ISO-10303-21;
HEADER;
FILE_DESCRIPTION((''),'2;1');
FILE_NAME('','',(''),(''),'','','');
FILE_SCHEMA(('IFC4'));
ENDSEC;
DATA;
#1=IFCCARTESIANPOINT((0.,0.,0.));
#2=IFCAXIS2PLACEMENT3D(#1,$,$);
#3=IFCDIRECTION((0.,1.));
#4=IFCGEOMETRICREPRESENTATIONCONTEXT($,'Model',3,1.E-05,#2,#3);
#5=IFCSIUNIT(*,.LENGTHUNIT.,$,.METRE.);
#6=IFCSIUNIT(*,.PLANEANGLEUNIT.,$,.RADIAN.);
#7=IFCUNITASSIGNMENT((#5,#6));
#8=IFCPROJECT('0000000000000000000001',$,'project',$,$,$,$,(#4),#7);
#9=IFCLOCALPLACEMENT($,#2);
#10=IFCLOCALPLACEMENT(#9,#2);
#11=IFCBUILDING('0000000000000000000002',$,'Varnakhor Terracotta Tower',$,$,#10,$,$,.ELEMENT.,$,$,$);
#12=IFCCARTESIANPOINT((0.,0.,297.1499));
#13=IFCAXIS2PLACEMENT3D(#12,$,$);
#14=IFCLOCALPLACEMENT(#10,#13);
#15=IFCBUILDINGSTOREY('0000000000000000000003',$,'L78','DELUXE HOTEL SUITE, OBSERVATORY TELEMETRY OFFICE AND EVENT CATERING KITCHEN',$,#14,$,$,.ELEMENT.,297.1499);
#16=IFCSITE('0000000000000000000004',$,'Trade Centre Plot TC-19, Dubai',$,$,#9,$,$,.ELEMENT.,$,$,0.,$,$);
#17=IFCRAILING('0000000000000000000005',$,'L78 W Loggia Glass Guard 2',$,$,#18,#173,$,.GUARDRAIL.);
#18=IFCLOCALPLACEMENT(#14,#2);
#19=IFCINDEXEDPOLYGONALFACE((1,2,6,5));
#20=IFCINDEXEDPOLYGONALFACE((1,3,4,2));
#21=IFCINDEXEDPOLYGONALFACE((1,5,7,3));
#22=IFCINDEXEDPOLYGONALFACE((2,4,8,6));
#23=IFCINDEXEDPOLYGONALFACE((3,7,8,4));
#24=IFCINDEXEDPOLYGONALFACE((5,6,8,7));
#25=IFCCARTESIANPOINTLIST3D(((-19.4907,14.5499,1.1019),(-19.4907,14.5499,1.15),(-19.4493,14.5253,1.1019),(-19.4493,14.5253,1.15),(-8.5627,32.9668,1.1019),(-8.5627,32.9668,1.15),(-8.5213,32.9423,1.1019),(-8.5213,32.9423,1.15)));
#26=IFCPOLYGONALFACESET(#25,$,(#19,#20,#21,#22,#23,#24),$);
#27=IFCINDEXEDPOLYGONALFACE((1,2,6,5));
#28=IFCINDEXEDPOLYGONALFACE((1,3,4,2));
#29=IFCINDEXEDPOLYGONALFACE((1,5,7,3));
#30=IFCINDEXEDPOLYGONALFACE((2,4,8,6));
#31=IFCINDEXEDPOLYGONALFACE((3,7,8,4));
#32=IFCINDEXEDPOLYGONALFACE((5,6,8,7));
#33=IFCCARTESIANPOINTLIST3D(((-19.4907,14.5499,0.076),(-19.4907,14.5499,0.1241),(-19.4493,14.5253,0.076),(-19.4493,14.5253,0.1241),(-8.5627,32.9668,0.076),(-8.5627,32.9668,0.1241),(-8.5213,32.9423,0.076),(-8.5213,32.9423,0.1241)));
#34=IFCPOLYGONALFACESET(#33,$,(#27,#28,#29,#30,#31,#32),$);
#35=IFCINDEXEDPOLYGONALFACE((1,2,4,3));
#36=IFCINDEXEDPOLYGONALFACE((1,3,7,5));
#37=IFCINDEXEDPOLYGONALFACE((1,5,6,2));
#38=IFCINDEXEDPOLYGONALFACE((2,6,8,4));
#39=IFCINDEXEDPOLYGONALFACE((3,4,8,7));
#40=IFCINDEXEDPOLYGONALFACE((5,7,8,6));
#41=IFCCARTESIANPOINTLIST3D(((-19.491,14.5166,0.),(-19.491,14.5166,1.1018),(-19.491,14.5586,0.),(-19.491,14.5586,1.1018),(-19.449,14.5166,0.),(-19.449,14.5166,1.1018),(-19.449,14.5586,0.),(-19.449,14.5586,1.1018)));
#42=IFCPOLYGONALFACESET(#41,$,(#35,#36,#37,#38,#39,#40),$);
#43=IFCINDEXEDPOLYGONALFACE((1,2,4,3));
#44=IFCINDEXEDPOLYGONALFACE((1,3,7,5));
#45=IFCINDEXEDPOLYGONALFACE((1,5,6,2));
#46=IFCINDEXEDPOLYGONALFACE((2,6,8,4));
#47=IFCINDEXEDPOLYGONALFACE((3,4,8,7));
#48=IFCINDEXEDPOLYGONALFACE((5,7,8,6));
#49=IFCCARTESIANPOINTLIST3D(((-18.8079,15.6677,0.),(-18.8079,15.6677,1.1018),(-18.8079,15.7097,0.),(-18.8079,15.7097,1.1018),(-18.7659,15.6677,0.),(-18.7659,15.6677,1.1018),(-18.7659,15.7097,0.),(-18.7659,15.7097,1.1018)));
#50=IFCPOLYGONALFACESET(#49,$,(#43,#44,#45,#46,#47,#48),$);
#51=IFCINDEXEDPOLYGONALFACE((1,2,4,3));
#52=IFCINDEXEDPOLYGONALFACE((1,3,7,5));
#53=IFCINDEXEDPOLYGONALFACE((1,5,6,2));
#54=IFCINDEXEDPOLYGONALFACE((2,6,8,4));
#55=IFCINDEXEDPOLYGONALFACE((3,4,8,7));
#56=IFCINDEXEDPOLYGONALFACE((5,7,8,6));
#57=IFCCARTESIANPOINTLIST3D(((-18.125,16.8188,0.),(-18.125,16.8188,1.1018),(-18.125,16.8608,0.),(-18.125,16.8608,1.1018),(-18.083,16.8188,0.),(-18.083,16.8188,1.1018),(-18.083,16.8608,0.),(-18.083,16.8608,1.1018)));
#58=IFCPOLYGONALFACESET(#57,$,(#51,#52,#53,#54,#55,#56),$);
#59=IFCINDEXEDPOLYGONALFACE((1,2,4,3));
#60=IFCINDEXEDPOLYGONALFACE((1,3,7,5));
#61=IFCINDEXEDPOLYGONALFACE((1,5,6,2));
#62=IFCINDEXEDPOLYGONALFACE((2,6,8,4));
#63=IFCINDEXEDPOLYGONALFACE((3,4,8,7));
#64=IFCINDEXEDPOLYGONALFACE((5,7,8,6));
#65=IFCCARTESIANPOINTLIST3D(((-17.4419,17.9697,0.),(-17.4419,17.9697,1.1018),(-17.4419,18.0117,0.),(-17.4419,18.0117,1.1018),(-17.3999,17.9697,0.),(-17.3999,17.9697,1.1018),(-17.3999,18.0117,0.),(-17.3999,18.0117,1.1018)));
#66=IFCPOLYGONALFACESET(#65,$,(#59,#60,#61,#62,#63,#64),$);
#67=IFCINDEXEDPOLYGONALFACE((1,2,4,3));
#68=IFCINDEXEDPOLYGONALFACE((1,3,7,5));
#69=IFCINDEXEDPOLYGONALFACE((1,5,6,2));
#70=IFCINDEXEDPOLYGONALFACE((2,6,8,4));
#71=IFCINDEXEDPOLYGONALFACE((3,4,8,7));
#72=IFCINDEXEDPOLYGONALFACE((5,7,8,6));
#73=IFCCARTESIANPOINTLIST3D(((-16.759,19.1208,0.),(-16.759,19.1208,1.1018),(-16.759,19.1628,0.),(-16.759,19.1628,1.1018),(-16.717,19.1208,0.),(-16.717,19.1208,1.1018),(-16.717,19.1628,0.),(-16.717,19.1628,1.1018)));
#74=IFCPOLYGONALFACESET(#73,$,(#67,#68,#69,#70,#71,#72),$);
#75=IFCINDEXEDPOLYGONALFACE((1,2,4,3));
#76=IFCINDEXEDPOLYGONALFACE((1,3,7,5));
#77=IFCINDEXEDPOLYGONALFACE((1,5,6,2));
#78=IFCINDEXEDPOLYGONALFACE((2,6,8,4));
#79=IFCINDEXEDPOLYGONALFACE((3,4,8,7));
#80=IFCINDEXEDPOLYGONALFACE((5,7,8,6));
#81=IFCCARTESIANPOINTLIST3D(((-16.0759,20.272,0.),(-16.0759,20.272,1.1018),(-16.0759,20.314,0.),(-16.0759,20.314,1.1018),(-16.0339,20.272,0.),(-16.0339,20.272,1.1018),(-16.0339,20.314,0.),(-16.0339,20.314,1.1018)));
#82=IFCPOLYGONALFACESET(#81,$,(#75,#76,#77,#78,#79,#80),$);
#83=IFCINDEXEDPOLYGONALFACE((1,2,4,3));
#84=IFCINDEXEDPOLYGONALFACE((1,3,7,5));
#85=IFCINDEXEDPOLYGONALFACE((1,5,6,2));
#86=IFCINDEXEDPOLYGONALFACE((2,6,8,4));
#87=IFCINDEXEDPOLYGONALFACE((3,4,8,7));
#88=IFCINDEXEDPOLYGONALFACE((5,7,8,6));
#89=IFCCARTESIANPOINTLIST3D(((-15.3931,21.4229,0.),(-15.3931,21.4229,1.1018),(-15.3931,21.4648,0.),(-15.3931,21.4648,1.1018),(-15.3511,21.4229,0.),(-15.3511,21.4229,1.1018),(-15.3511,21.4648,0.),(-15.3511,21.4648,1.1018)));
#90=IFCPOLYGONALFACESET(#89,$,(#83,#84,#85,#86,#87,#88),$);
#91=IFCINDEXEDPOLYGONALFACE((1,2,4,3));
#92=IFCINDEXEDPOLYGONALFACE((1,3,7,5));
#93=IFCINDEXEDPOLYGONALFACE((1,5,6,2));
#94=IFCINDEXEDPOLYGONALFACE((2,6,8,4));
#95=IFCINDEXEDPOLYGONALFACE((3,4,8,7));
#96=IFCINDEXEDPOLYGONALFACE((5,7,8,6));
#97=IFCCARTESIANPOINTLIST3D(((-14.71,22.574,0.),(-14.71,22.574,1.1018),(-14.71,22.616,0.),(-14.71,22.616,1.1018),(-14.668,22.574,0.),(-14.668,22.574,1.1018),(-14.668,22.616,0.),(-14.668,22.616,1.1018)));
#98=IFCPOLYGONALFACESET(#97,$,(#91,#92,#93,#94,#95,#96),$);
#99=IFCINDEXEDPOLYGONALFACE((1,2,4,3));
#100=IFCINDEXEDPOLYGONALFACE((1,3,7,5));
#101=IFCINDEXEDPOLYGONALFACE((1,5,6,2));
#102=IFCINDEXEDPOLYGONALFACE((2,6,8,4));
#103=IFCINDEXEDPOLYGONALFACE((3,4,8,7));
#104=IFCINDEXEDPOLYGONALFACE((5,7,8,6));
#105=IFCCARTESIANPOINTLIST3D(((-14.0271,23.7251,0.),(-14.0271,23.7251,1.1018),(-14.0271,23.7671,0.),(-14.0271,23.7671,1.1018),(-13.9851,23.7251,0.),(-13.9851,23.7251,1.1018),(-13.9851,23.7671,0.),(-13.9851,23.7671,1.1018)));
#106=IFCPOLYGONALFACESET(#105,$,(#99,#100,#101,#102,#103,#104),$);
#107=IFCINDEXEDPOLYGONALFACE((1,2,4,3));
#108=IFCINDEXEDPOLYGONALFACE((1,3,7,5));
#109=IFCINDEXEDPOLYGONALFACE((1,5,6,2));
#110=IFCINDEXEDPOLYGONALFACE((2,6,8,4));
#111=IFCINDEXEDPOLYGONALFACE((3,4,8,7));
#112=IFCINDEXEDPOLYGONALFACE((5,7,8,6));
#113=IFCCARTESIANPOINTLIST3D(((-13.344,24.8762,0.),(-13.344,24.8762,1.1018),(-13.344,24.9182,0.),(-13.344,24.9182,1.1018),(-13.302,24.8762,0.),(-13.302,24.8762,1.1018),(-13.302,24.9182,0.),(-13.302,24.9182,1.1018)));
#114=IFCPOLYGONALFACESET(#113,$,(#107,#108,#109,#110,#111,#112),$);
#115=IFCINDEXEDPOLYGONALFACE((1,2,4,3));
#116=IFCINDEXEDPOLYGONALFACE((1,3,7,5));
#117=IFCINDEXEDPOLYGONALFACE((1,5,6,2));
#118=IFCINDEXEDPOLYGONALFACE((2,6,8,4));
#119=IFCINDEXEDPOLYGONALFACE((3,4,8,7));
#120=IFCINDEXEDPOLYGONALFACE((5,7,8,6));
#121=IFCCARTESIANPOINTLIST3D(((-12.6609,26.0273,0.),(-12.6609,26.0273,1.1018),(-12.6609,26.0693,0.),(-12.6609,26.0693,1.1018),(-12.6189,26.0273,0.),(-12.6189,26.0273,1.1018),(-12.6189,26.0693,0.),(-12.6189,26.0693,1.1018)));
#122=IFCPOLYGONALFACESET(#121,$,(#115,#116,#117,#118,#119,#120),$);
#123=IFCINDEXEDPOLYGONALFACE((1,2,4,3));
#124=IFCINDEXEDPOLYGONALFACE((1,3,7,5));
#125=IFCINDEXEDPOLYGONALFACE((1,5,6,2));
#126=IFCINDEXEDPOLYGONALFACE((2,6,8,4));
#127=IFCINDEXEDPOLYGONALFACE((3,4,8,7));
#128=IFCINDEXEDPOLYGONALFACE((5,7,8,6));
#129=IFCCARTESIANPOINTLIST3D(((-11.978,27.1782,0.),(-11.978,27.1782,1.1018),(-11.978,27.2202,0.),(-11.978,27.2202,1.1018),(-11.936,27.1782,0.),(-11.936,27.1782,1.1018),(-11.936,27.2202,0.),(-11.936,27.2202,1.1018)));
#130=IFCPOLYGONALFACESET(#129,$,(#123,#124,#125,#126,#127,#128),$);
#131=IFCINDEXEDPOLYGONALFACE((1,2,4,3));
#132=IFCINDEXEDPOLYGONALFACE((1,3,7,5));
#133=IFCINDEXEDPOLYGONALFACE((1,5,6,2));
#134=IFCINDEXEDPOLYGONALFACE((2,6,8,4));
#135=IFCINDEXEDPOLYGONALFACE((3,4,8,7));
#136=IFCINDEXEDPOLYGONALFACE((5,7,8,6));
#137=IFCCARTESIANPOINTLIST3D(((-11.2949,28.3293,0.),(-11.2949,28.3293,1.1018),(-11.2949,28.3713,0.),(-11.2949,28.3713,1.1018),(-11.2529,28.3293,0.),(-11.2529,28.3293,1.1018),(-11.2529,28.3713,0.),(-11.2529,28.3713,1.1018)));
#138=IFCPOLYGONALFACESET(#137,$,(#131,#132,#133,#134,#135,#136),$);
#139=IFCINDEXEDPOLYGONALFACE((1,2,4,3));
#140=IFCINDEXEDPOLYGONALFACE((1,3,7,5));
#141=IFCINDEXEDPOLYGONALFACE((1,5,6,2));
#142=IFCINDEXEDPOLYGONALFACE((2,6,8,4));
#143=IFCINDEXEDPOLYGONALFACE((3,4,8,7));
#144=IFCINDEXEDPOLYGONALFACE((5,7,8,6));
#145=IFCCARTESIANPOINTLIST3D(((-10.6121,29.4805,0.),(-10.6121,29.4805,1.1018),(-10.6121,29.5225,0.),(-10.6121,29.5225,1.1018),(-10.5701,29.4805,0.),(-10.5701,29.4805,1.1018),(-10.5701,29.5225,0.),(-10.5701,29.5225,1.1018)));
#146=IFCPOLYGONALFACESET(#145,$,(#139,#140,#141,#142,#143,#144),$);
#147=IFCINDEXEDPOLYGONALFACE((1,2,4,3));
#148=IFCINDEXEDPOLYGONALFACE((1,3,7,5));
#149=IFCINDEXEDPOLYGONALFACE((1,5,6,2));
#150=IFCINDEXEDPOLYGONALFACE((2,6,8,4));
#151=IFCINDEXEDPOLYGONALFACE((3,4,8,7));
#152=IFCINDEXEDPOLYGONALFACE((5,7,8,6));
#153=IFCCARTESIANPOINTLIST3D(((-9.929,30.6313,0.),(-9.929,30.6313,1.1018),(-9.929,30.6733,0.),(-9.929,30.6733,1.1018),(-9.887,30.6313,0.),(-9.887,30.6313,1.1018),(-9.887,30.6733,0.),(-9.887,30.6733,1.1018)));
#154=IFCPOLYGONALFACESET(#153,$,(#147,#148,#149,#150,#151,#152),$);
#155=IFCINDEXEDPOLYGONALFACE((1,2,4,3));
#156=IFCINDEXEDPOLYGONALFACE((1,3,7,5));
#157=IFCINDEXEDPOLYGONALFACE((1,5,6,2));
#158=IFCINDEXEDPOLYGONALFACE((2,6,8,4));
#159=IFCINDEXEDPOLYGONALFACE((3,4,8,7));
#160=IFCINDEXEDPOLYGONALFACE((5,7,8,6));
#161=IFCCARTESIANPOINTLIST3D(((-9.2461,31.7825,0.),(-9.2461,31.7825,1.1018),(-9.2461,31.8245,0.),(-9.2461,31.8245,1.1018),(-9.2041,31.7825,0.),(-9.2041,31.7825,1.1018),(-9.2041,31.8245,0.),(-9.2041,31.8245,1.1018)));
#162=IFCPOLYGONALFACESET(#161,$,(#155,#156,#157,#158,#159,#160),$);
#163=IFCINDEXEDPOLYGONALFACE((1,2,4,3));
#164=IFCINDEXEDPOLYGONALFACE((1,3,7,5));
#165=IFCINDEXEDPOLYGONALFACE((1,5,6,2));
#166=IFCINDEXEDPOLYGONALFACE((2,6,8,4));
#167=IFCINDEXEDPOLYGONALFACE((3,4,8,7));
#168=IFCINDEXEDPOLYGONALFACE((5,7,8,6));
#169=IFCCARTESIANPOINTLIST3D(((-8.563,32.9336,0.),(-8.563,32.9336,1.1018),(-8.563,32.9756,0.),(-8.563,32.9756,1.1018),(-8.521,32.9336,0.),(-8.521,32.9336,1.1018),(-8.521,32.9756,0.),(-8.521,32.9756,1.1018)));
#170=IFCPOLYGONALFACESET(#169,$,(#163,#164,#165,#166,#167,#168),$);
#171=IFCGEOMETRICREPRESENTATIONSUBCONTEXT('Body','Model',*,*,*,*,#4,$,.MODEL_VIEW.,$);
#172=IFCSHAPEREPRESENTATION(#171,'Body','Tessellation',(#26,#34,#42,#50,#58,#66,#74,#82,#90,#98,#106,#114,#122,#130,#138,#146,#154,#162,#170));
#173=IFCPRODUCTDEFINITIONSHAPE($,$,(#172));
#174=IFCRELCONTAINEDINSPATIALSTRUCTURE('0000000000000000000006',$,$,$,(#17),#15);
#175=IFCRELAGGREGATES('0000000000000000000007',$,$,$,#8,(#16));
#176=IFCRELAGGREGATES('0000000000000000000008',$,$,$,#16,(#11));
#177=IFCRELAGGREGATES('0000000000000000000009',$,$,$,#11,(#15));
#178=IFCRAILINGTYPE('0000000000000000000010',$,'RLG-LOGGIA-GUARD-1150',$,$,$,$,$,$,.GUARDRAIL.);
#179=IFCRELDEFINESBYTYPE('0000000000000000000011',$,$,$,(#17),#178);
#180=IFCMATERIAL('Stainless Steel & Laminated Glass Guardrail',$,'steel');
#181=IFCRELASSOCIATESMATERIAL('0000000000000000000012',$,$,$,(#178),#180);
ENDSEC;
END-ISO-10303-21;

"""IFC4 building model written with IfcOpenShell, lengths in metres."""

from ifc_helpers import new_model, si_unit, direction, frame, origin, origin_2d, place, context, subcontext, project, spatial, rectangle, extrude, material, type_object, element, save


model = new_model("IFC4")

# Units and contexts
model_context = context("Model", 3, precision=1e-05, world=origin(), true_north=direction((0.0, 1.0)))
body_context = subcontext(model_context, "Body", "Model", "MODEL_VIEW")
ifc_project = project(units=[si_unit("LENGTHUNIT", "METRE"), si_unit("PLANEANGLEUNIT", "RADIAN")], contexts=[model_context])

# Site, building, storey
site_placement = place(None, origin())
site = spatial("IfcSite", under=ifc_project, at=site_placement, Name="Trade Centre Plot TC-19, Dubai", CompositionType="ELEMENT", RefElevation=0.0)
building_placement = place(site_placement, origin())
building = spatial("IfcBuilding", under=site, at=building_placement, Name="Varnakhor Terracotta Tower", CompositionType="ELEMENT")
storey_placement = place(building_placement, frame((0.0, 0.0, 297.1499)))
storey = spatial("IfcBuildingStorey", under=building, at=storey_placement, Name="L78", Description="DELUXE HOTEL SUITE, OBSERVATORY TELEMETRY OFFICE AND EVENT CATERING KITCHEN", CompositionType="ELEMENT", Elevation=297.1499)

# Railing
ifc_material_1 = material(Name="Stainless Steel & Laminated Glass Guardrail", Category="steel")
railing_type = type_object("IfcRailingType", Name="RLG-LOGGIA-GUARD-1150", PredefinedType="GUARDRAIL", material=ifc_material_1)
railing_1_placement = place(storey_placement, frame((-19.47, 14.5376, 0.0)))
element("IfcRailing", 1, at=railing_1_placement, inside=storey, type_object=railing_type, Name="L78 W Loggia Glass Guard 2", PredefinedType="GUARDRAIL", context=body_context, shape_type="SweptSolid", body=[
    extrude(rectangle(XDim=0.0481, YDim=0.0481, at=origin_2d()), frame((0.0, 0.0, 1.126), z_axis=(0.510293, 0.86, 0.0), x_axis=(-0.86, 0.510293, 0.0)), (0.0, 0.0, 1.0), 21.415),
    extrude(rectangle(XDim=0.0481, YDim=0.0481, at=origin_2d()), frame((0.0, 0.0, 0.1001), z_axis=(0.510293, 0.86, 0.0), x_axis=(-0.86, 0.510293, 0.0)), (0.0, 0.0, 1.0), 21.415),
    extrude(rectangle(XDim=0.042, YDim=0.042, at=origin_2d()), origin(), (0.0, 0.0, 1.0), 1.1018),
    extrude(rectangle(XDim=0.042, YDim=0.042, at=origin_2d()), frame((0.6831, 1.1511, 0.0)), (0.0, 0.0, 1.0), 1.1018),
    extrude(rectangle(XDim=0.042, YDim=0.042, at=origin_2d()), frame((1.366, 2.3022, 0.0)), (0.0, 0.0, 1.0), 1.1018),
    extrude(rectangle(XDim=0.042, YDim=0.042, at=origin_2d()), frame((2.0491, 3.4531, 0.0)), (0.0, 0.0, 1.0), 1.1018),
    extrude(rectangle(XDim=0.042, YDim=0.042, at=origin_2d()), frame((2.7319, 4.6042, 0.0)), (0.0, 0.0, 1.0), 1.1018),
    extrude(rectangle(XDim=0.042, YDim=0.042, at=origin_2d()), frame((3.415, 5.7554, 0.0)), (0.0, 0.0, 1.0), 1.1018),
    extrude(rectangle(XDim=0.042, YDim=0.042, at=origin_2d()), frame((4.0979, 6.9062, 0.0)), (0.0, 0.0, 1.0), 1.1018),
    extrude(rectangle(XDim=0.042, YDim=0.042, at=origin_2d()), frame((4.781, 8.0574, 0.0)), (0.0, 0.0, 1.0), 1.1018),
    extrude(rectangle(XDim=0.042, YDim=0.042, at=origin_2d()), frame((5.4639, 9.2085, 0.0)), (0.0, 0.0, 1.0), 1.1018),
    extrude(rectangle(XDim=0.042, YDim=0.042, at=origin_2d()), frame((6.147, 10.3596, 0.0)), (0.0, 0.0, 1.0), 1.1018),
    extrude(rectangle(XDim=0.042, YDim=0.042, at=origin_2d()), frame((6.8301, 11.5107, 0.0)), (0.0, 0.0, 1.0), 1.1018),
    extrude(rectangle(XDim=0.042, YDim=0.042, at=origin_2d()), frame((7.5129, 12.6616, 0.0)), (0.0, 0.0, 1.0), 1.1018),
    extrude(rectangle(XDim=0.042, YDim=0.042, at=origin_2d()), frame((8.196, 13.8127, 0.0)), (0.0, 0.0, 1.0), 1.1018),
    extrude(rectangle(XDim=0.042, YDim=0.042, at=origin_2d()), frame((8.8789, 14.9639, 0.0)), (0.0, 0.0, 1.0), 1.1018),
    extrude(rectangle(XDim=0.042, YDim=0.042, at=origin_2d()), frame((9.562, 16.1147, 0.0)), (0.0, 0.0, 1.0), 1.1018),
    extrude(rectangle(XDim=0.042, YDim=0.042, at=origin_2d()), frame((10.2449, 17.2659, 0.0)), (0.0, 0.0, 1.0), 1.1018),
    extrude(rectangle(XDim=0.042, YDim=0.042, at=origin_2d()), frame((10.928, 18.417, 0.0)), (0.0, 0.0, 1.0), 1.1018),
])

save(model, "model.ifc")
